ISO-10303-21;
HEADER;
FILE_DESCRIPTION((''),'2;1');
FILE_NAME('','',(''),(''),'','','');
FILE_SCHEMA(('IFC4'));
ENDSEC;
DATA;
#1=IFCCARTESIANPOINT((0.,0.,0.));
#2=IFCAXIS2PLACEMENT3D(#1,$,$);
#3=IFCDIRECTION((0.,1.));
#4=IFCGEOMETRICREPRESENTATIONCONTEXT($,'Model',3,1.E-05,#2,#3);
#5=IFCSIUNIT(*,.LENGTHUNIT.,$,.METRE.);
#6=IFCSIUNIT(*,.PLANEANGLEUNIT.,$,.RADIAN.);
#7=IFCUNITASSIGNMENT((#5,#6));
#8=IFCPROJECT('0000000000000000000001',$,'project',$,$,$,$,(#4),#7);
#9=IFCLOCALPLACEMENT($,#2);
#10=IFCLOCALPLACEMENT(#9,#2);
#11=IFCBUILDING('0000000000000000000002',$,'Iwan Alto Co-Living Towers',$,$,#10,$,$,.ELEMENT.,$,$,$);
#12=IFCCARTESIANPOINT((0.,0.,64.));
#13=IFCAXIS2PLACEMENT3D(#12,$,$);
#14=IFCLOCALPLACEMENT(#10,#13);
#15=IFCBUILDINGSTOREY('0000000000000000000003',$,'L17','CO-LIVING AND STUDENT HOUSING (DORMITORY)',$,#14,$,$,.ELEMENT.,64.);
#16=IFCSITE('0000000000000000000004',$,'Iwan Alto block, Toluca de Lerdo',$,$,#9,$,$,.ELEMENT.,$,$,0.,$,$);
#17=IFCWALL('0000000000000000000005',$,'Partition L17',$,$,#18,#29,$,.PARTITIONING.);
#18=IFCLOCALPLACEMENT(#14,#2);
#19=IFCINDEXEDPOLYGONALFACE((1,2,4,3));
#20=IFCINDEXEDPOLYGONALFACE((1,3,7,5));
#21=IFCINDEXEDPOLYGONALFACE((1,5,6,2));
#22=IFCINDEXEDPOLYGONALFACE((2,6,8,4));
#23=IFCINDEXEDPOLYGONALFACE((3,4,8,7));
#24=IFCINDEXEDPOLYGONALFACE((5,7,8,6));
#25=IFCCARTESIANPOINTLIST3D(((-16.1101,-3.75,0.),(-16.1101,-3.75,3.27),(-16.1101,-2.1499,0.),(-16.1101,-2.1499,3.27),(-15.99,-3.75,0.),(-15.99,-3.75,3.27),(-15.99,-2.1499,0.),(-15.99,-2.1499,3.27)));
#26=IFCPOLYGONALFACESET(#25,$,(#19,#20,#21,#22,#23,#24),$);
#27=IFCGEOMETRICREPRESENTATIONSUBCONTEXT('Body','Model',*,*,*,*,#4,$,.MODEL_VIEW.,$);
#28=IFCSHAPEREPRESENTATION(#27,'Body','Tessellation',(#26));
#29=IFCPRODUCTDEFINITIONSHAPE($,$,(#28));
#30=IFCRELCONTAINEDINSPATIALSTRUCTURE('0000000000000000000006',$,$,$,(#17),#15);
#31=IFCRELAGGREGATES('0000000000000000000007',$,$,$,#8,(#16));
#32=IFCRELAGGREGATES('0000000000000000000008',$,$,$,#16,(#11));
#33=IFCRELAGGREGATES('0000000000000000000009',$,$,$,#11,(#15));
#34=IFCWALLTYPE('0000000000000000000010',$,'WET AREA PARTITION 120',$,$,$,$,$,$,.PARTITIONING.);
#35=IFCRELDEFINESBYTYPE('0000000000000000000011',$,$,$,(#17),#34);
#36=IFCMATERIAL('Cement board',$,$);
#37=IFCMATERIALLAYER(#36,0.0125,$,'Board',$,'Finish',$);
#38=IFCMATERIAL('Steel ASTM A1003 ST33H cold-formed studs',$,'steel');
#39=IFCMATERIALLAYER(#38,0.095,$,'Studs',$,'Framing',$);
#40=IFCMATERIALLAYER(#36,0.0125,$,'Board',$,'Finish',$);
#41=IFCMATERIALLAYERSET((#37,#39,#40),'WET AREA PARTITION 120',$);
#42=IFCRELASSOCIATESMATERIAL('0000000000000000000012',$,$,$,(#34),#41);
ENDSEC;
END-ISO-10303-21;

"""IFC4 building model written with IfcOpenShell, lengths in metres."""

from ifc_helpers import new_model, si_unit, direction, frame, frame_2d, origin, place, context, subcontext, project, spatial, rectangle, extrude, material, layer, layer_set, type_object, element, save


model = new_model("IFC4")

# Units and contexts
model_context = context("Model", 3, precision=1e-05, world=origin(), true_north=direction((0.0, 1.0)))
body_context = subcontext(model_context, "Body", "Model", "MODEL_VIEW")
ifc_project = project(units=[si_unit("LENGTHUNIT", "METRE"), si_unit("PLANEANGLEUNIT", "RADIAN")], contexts=[model_context])

# Site, building, storey
site_placement = place(None, origin())
site = spatial("IfcSite", under=ifc_project, at=site_placement, Name="Iwan Alto block, Toluca de Lerdo", CompositionType="ELEMENT", RefElevation=0.0)
building_placement = place(site_placement, origin())
building = spatial("IfcBuilding", under=site, at=building_placement, Name="Iwan Alto Co-Living Towers", CompositionType="ELEMENT")
storey_placement = place(building_placement, frame((0.0, 0.0, 64.0)))
storey = spatial("IfcBuildingStorey", under=building, at=storey_placement, Name="L17", Description="CO-LIVING AND STUDENT HOUSING (DORMITORY)", CompositionType="ELEMENT", Elevation=64.0)

# Shared definitions
ifc_material_1 = material(Name="Steel ASTM A1003 ST33H cold-formed studs", Category="steel")

# Wall
ifc_material_2 = material(Name="Cement board")
ifc_layer_1 = layer(ifc_material_2, 0.0125, Name="Board", Category="Finish")
ifc_layer_2 = layer(ifc_material_1, 0.095, Name="Studs", Category="Framing")
ifc_layer_3 = layer(ifc_material_2, 0.0125, Name="Board", Category="Finish")
ifc_layer_set_1 = layer_set([ifc_layer_1, ifc_layer_2, ifc_layer_3], Name="WET AREA PARTITION 120")
wall_type_1 = type_object("IfcWallType", Name="WET AREA PARTITION 120", PredefinedType="PARTITIONING", material=ifc_layer_set_1)
wall_1_placement = place(storey_placement, frame((-16.05, -3.75, 0.0), z_axis=(0.0, 0.0, 1.0), x_axis=(0.0, 1.0, 0.0)))
element("IfcWall", 1, at=wall_1_placement, inside=storey, type_object=wall_type_1, Name="Partition L17", PredefinedType="PARTITIONING", context=body_context, shape_type="SweptSolid", body=[
    extrude(rectangle(XDim=1.6001, YDim=0.1201, at=frame_2d((0.8, 0.0))), origin(), (0.0, 0.0, 1.0), 3.27),
])

save(model, "model.ifc")
